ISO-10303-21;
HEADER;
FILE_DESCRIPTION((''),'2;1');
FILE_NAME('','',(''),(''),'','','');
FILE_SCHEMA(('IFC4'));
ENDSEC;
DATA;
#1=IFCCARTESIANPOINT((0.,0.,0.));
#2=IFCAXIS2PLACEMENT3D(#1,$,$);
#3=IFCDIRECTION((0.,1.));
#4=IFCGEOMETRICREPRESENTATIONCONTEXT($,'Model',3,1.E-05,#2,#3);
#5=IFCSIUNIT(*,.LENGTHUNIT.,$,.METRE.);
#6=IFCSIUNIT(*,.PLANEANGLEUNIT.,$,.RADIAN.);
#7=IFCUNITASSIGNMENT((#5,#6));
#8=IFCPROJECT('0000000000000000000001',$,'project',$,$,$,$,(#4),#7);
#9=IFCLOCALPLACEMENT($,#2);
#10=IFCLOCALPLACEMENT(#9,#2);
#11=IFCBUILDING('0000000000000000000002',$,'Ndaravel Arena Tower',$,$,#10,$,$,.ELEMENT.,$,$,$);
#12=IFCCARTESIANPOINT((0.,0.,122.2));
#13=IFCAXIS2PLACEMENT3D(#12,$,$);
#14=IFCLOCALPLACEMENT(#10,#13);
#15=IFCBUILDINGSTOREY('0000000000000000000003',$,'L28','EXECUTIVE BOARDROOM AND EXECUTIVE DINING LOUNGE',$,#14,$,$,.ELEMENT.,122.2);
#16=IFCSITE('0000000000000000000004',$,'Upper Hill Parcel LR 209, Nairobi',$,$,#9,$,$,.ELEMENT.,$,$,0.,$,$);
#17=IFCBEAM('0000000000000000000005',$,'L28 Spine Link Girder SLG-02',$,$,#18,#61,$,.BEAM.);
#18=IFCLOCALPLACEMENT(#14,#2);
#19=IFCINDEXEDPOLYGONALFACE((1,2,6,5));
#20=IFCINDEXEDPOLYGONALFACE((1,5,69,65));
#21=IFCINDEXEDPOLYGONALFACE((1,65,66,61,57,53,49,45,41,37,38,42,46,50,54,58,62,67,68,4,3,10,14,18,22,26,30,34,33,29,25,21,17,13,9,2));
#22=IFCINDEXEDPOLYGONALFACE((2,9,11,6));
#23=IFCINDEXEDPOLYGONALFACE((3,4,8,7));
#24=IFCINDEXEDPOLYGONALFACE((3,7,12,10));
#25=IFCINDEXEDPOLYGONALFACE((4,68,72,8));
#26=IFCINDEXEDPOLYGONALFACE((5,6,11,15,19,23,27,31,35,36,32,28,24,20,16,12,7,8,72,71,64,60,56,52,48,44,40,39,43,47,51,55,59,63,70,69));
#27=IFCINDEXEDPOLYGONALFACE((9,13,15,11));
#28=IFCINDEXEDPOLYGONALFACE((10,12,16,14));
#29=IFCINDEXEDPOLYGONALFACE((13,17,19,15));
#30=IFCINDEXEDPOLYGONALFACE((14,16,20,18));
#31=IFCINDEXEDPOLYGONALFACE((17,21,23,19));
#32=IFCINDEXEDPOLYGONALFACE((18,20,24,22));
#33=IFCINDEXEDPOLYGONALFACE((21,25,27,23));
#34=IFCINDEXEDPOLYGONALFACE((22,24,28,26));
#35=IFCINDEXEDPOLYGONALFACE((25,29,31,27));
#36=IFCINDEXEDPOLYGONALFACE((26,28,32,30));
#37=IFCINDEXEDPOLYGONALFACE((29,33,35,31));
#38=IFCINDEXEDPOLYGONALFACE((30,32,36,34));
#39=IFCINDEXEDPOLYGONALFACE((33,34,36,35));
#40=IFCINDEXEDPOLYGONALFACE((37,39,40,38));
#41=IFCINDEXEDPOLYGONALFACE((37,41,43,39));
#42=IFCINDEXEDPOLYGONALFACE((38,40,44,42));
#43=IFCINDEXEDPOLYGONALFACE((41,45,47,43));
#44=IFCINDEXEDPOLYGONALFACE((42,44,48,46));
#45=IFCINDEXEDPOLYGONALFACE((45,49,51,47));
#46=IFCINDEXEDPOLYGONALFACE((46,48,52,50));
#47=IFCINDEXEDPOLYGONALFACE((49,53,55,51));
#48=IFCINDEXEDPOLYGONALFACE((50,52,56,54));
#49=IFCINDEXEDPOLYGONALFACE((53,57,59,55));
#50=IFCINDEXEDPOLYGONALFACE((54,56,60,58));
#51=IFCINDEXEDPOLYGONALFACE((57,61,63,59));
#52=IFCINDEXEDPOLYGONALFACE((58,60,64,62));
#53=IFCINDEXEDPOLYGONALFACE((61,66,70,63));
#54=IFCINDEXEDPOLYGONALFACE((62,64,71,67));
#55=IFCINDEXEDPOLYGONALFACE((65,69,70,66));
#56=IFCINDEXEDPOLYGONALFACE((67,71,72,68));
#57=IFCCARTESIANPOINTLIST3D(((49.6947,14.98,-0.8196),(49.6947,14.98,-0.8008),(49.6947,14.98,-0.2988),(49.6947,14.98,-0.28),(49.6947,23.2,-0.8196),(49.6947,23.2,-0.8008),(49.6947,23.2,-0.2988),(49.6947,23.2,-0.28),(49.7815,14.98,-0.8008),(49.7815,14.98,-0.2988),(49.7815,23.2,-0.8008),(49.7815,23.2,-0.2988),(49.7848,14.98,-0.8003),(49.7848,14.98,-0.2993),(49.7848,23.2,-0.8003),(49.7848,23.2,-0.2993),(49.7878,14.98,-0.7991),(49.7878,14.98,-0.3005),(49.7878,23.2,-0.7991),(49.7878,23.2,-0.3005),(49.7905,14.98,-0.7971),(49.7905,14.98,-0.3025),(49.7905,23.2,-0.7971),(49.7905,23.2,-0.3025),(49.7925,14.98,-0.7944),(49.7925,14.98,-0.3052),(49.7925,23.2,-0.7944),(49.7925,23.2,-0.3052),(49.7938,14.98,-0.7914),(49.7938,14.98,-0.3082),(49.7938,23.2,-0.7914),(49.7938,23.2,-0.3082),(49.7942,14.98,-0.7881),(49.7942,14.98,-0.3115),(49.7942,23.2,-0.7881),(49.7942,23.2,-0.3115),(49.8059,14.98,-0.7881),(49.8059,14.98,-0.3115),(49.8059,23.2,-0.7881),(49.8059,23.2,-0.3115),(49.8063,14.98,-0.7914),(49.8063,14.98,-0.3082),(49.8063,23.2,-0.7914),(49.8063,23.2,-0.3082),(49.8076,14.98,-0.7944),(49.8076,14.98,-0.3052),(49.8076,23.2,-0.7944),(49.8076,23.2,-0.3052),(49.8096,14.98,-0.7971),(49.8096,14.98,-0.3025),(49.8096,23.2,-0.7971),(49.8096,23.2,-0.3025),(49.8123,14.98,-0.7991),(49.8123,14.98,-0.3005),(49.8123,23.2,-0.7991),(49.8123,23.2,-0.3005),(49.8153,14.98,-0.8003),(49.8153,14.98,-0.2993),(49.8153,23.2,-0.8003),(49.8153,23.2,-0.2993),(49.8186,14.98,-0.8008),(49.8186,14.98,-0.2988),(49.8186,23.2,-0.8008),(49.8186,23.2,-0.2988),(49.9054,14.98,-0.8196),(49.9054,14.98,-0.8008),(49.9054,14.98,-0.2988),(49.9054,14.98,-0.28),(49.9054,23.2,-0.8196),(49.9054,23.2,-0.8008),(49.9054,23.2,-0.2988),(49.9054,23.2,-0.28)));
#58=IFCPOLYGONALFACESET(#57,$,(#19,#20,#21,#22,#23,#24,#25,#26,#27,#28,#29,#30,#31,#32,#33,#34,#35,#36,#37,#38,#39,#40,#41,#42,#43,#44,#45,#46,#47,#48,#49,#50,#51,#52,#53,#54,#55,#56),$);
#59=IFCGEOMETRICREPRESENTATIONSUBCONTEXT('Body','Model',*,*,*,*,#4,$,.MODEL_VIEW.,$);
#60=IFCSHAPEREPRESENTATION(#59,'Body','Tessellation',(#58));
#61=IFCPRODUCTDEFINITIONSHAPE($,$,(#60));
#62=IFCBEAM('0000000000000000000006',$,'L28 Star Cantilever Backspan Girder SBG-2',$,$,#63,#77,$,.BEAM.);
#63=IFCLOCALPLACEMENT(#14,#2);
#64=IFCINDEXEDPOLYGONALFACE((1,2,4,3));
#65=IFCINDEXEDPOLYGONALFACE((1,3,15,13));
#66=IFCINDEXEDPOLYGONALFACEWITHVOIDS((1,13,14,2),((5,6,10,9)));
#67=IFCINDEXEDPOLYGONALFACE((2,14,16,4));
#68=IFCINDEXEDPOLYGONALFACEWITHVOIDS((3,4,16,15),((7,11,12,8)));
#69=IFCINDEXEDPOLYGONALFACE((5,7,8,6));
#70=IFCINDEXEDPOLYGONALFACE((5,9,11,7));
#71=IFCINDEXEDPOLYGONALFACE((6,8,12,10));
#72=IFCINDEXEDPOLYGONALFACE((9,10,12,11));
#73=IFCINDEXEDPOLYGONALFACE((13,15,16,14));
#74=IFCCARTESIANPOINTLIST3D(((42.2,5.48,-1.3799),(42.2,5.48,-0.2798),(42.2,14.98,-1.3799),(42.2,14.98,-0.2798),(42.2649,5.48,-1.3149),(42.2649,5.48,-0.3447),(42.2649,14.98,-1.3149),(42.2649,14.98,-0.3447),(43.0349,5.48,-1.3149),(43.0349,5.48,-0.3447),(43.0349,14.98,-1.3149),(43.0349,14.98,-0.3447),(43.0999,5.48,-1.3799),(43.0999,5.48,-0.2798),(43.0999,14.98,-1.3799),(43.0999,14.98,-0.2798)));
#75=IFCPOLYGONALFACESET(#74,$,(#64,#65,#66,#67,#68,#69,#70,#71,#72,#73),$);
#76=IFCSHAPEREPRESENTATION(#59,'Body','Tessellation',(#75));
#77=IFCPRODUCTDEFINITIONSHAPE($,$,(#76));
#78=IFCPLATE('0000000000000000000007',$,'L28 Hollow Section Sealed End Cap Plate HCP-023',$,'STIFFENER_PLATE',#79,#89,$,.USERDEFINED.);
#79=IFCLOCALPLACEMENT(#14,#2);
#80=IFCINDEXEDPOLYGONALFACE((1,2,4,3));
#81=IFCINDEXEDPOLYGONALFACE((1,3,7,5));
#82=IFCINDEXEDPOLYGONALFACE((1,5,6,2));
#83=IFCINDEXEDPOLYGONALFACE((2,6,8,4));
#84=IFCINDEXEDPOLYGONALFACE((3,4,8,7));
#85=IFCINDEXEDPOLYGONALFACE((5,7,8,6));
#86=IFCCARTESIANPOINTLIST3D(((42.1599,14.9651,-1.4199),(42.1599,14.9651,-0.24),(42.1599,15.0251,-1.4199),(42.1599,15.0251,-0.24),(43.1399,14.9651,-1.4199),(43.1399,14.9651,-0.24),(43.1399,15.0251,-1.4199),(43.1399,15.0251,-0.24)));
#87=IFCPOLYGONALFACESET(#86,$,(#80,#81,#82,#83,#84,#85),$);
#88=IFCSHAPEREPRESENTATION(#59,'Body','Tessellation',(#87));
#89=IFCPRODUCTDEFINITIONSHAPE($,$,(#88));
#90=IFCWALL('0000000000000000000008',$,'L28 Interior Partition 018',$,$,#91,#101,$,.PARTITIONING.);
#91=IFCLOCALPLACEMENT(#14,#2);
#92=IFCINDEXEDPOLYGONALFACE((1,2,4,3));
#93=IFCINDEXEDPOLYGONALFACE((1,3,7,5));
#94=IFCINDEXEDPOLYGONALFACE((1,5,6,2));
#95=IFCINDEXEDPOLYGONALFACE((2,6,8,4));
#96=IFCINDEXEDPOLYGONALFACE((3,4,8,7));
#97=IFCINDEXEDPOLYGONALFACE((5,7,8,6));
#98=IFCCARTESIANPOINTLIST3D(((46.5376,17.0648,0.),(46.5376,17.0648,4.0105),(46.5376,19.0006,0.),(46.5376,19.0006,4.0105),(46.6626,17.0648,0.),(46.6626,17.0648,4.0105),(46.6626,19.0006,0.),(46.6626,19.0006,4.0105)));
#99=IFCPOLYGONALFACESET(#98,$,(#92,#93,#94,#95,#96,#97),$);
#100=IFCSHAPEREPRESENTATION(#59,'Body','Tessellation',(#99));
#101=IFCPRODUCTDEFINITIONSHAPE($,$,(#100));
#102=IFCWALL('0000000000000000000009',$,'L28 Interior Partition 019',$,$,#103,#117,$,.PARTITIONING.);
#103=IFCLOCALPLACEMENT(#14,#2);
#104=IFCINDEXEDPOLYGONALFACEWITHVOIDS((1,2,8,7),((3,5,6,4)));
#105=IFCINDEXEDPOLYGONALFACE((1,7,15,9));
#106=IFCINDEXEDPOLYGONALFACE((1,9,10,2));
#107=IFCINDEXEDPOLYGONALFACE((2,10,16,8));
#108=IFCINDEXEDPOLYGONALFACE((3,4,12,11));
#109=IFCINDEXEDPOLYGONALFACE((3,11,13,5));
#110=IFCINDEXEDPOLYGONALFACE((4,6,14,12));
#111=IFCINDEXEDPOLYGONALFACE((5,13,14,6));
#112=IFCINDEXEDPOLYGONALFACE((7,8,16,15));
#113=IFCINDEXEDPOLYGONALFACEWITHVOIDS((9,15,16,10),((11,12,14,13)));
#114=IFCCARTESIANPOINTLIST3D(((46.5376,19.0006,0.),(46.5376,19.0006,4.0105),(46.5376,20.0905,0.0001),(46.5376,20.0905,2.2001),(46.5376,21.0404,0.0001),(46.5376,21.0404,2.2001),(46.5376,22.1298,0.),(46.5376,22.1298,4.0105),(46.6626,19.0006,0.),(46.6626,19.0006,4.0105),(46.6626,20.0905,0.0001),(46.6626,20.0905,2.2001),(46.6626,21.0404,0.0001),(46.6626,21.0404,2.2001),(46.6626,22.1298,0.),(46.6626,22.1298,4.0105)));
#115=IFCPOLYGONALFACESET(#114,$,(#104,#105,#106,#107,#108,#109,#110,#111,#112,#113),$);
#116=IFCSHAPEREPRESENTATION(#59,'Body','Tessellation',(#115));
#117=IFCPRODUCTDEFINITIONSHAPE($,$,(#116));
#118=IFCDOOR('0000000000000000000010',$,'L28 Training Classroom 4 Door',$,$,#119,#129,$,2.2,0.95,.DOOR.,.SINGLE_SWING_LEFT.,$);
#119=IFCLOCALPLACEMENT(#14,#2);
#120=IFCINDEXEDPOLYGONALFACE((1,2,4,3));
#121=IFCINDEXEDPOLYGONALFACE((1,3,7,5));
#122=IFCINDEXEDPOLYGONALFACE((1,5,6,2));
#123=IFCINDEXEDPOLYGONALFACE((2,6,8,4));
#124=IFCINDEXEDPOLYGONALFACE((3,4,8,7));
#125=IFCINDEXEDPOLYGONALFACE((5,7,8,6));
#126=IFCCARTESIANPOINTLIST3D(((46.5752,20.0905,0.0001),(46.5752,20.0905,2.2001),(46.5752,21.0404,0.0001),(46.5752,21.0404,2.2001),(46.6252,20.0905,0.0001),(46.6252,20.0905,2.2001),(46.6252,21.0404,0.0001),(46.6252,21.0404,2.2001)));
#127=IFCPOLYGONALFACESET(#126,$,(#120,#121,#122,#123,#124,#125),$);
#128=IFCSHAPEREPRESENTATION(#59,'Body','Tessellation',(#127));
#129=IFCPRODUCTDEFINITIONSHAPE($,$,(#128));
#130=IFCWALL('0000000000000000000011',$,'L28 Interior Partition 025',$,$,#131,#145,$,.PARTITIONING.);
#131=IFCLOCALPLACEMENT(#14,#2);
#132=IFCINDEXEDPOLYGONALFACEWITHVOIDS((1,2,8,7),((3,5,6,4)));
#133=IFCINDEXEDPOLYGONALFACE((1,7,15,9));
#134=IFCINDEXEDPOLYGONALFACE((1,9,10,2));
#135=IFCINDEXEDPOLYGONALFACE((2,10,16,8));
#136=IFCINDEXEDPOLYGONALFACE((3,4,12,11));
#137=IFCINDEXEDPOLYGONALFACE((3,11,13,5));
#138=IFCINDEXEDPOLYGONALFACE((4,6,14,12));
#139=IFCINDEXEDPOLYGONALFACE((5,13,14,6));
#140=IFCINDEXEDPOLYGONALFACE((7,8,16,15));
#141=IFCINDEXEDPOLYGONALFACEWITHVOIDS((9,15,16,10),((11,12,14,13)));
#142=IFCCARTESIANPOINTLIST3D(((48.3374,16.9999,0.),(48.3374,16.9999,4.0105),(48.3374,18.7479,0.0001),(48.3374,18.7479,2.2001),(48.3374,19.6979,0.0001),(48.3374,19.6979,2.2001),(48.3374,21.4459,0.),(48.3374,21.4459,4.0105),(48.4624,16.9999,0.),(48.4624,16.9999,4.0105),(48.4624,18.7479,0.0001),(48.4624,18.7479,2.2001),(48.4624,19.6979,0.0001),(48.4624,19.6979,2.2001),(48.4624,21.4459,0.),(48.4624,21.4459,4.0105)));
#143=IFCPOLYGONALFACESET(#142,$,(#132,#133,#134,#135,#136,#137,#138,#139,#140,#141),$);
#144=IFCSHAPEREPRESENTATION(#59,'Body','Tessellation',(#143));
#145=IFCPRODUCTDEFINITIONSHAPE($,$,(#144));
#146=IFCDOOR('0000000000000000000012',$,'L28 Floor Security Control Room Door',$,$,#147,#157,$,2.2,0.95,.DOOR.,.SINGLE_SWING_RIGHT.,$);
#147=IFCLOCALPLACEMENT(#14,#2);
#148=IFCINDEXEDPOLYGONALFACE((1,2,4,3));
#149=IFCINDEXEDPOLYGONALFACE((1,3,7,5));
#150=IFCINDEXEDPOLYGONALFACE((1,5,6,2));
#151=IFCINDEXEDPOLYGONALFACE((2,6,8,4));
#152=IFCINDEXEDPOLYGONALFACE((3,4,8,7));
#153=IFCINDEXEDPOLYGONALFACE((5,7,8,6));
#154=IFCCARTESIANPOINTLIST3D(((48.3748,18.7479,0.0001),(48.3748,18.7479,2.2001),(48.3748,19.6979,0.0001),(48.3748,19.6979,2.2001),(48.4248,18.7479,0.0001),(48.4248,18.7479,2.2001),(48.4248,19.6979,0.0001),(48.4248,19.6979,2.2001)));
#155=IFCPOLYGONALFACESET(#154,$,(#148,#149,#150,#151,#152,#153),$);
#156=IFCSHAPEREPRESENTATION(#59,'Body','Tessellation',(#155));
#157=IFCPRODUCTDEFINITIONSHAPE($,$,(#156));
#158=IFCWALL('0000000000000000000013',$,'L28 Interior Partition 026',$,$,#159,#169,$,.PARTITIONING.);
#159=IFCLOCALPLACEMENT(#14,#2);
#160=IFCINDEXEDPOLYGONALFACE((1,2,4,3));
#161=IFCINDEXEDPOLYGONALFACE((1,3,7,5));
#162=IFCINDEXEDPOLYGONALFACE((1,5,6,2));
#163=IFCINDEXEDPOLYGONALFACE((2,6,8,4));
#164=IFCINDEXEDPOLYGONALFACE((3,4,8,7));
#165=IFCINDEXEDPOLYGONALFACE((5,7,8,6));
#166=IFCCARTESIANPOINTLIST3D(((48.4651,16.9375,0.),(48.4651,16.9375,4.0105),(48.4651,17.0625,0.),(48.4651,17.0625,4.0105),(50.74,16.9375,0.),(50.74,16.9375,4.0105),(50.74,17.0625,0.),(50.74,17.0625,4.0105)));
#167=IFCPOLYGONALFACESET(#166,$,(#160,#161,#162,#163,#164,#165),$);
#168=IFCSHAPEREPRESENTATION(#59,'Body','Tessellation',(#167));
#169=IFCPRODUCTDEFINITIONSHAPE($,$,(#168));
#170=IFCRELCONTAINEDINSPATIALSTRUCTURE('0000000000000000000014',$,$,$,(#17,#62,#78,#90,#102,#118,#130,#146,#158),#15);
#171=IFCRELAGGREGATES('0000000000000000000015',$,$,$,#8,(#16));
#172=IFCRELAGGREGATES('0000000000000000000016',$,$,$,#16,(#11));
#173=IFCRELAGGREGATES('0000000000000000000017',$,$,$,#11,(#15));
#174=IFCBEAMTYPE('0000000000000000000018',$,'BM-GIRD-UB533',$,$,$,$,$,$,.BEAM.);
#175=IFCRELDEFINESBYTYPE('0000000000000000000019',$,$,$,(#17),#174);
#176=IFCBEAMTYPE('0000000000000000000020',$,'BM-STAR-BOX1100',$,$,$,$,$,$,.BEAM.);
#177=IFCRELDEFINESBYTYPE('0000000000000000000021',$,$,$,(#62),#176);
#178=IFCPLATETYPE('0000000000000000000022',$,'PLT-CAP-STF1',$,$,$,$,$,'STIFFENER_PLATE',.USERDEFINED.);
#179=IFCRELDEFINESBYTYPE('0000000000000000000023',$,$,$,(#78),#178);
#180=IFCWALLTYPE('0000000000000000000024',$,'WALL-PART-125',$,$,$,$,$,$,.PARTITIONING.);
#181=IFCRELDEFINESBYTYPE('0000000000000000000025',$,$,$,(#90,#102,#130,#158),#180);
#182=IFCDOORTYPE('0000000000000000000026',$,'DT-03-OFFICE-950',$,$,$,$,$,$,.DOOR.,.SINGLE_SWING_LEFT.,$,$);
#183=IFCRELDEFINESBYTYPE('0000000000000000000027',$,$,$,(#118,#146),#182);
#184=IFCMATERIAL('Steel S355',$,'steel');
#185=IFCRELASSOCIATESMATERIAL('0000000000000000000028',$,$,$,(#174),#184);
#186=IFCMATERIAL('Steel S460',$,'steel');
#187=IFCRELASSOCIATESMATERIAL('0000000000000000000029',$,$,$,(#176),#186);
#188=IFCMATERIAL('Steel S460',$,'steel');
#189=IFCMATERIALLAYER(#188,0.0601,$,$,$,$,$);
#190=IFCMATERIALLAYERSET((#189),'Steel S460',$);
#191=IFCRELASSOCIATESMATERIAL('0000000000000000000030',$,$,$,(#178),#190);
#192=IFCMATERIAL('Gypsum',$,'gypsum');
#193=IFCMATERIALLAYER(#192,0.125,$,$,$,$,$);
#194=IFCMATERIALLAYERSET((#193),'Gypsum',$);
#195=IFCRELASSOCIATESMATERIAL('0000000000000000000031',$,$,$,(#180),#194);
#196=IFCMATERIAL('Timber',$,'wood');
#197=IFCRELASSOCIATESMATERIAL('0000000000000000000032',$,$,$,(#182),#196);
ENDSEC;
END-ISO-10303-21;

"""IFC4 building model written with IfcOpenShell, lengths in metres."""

from ifc_helpers import new_model, si_unit, direction, frame, frame_2d, origin, origin_2d, place, context, subcontext, project, spatial, rectangle, hollow_rectangle, i_section, extrude, material, layer, layer_set, material_profile, profile_set, type_object, element, fill, save


model = new_model("IFC4")

# Units and contexts
model_context = context("Model", 3, precision=1e-05, world=origin(), true_north=direction((0.0, 1.0)))
body_context = subcontext(model_context, "Body", "Model", "MODEL_VIEW")
ifc_project = project(units=[si_unit("LENGTHUNIT", "METRE"), si_unit("PLANEANGLEUNIT", "RADIAN")], contexts=[model_context])

# Site, building, storey
site_placement = place(None, origin())
site = spatial("IfcSite", under=ifc_project, at=site_placement, Name="Upper Hill Parcel LR 209, Nairobi", CompositionType="ELEMENT", RefElevation=0.0)
building_placement = place(site_placement, origin())
building = spatial("IfcBuilding", under=site, at=building_placement, Name="Ndaravel Arena Tower", CompositionType="ELEMENT")
storey_placement = place(building_placement, frame((0.0, 0.0, 122.2)))
storey = spatial("IfcBuildingStorey", under=building, at=storey_placement, Name="L28", Description="EXECUTIVE BOARDROOM AND EXECUTIVE DINING LOUNGE", CompositionType="ELEMENT", Elevation=122.2)

# Beams
ifc_material_1 = material(Name="Steel S355", Category="steel")
ifc_material_profile_1 = material_profile(ifc_material_1, i_section(OverallWidth=0.2107, OverallDepth=0.5396, WebThickness=0.0117, FlangeThickness=0.0188, FilletRadius=0.0127, at=origin_2d()), Name="UB 533x210x109")
ifc_profile_set_1 = profile_set([ifc_material_profile_1], Name="Steel S355")
beam_type_1 = type_object("IfcBeamType", Name="BM-GIRD-UB533", PredefinedType="BEAM", material=ifc_profile_set_1)
beam_1_placement = place(storey_placement, frame((49.8, 14.98, -0.5498), z_axis=(0.0, 1.0, 0.0), x_axis=(-1.0, 0.0, 0.0)))
element("IfcBeam", 1, at=beam_1_placement, inside=storey, type_object=beam_type_1, Name="L28 Spine Link Girder SLG-02", PredefinedType="BEAM", context=body_context, shape_type="SweptSolid", body=[
    extrude(i_section(OverallWidth=0.2107, OverallDepth=0.5396, WebThickness=0.0117, FlangeThickness=0.0188, FilletRadius=0.0127, at=origin_2d()), origin(), (0.0, 0.0, 1.0), 8.22),
])
ifc_material_2 = material(Name="Steel S460", Category="steel")
ifc_material_profile_2 = material_profile(ifc_material_2, hollow_rectangle(XDim=0.8999, YDim=1.1001, WallThickness=0.0649, at=origin_2d()), Name="BOX 1100x900x65")
ifc_profile_set_2 = profile_set([ifc_material_profile_2], Name="Steel S460")
beam_type_2 = type_object("IfcBeamType", Name="BM-STAR-BOX1100", PredefinedType="BEAM", material=ifc_profile_set_2)
beam_2_placement = place(storey_placement, frame((42.6499, 14.98, -0.8298), z_axis=(0.0, -1.0, 0.0), x_axis=(1.0, 0.0, 0.0)))
element("IfcBeam", 2, at=beam_2_placement, inside=storey, type_object=beam_type_2, Name="L28 Star Cantilever Backspan Girder SBG-2", PredefinedType="BEAM", context=body_context, shape_type="SweptSolid", body=[
    extrude(hollow_rectangle(XDim=0.8999, YDim=1.1001, WallThickness=0.0649, at=origin_2d()), origin(), (0.0, 0.0, 1.0), 9.5),
])

# Plate
ifc_material_3 = material(Name="Steel S460", Category="steel")
ifc_layer_1 = layer(ifc_material_3, 0.0601)
ifc_layer_set_1 = layer_set([ifc_layer_1], Name="Steel S460")
plate_type = type_object("IfcPlateType", Name="PLT-CAP-STF1", ElementType="STIFFENER_PLATE", PredefinedType="USERDEFINED", material=ifc_layer_set_1)
plate_placement = place(storey_placement, frame((42.6499, 14.9951, -1.4199), z_axis=(0.0, 0.0, 1.0), x_axis=(0.0, -1.0, 0.0)))
element("IfcPlate", 3, at=plate_placement, inside=storey, type_object=plate_type, Name="L28 Hollow Section Sealed End Cap Plate HCP-023", ObjectType="STIFFENER_PLATE", PredefinedType="USERDEFINED", context=body_context, shape_type="SweptSolid", body=[
    extrude(rectangle(XDim=0.0601, YDim=0.98, at=origin_2d()), origin(), (0.0, 0.0, 1.0), 1.1799),
])

# Wall
ifc_material_4 = material(Name="Gypsum", Category="gypsum")
ifc_layer_2 = layer(ifc_material_4, 0.125)
ifc_layer_set_2 = layer_set([ifc_layer_2], Name="Gypsum")
wall_type_1 = type_object("IfcWallType", Name="WALL-PART-125", PredefinedType="PARTITIONING", material=ifc_layer_set_2)
wall_1_placement = place(storey_placement, frame((46.6001, 17.0649, 0.0), z_axis=(0.0, 0.0, 1.0), x_axis=(0.0, 1.0, 0.0)))
element("IfcWall", 4, at=wall_1_placement, inside=storey, type_object=wall_type_1, Name="L28 Interior Partition 018", PredefinedType="PARTITIONING", context=body_context, shape_type="SweptSolid", body=[
    extrude(rectangle(XDim=1.9358, YDim=0.125, at=frame_2d((0.9678, 0.0))), origin(), (0.0, 0.0, 1.0), 4.0105),
])

# Walls, openings, doors
wall_2_placement = place(storey_placement, frame((46.6001, 19.0007, 0.0), z_axis=(0.0, 0.0, 1.0), x_axis=(0.0, 1.0, 0.0)))
wall_2 = element("IfcWall", 5, at=wall_2_placement, inside=storey, type_object=wall_type_1, Name="L28 Interior Partition 019", PredefinedType="PARTITIONING", context=body_context, shape_type="SweptSolid", body=[
    extrude(rectangle(XDim=3.1292, YDim=0.125, at=frame_2d((1.5645, 0.0))), origin(), (0.0, 0.0, 1.0), 4.0105),
])
opening_1_placement = place(wall_2_placement, frame((1.0896, 0.0, 0.0)))
opening_1 = element("IfcOpeningElement", 6, at=opening_1_placement, cuts=wall_2, PredefinedType="OPENING", context=body_context, shape_type="SweptSolid", body=[
    extrude(rectangle(XDim=0.95, YDim=2.2, at=frame_2d((0.4751, 1.1001))), frame((0.0, 0.0625, 0.0), z_axis=(0.0, -1.0, 0.0), x_axis=(1.0, 0.0, 0.0)), (0.0, 0.0, 1.0), 0.125),
])
ifc_material_5 = material(Name="Timber", Category="wood")
door_type_1 = type_object("IfcDoorType", Name="DT-03-OFFICE-950", OperationType="SINGLE_SWING_LEFT", PredefinedType="DOOR", material=ifc_material_5)
door_1_placement = place(opening_1_placement, origin())
door_1 = element("IfcDoor", 7, at=door_1_placement, inside=storey, type_object=door_type_1, Name="L28 Training Classroom 4 Door", OperationType="SINGLE_SWING_LEFT", OverallHeight=2.2, OverallWidth=0.95, PredefinedType="DOOR", context=body_context, shape_type="SweptSolid", body=[
    extrude(rectangle(XDim=0.95, YDim=2.2, at=frame_2d((0.4751, 1.1001))), frame((0.0, 0.0249, 0.0), z_axis=(0.0, -1.0, 0.0), x_axis=(1.0, 0.0, 0.0)), (0.0, 0.0, 1.0), 0.05),
])
fill(opening_1, door_1)
wall_3_placement = place(storey_placement, frame((48.3999, 21.446, 0.0), z_axis=(0.0, 0.0, 1.0), x_axis=(0.0, -1.0, 0.0)))
wall_3 = element("IfcWall", 8, at=wall_3_placement, inside=storey, type_object=wall_type_1, Name="L28 Interior Partition 025", PredefinedType="PARTITIONING", context=body_context, shape_type="SweptSolid", body=[
    extrude(rectangle(XDim=4.446, YDim=0.125, at=frame_2d((2.2231, 0.0))), origin(), (0.0, 0.0, 1.0), 4.0105),
])
opening_2_placement = place(wall_3_placement, frame((1.748, 0.0, 0.0)))
opening_2 = element("IfcOpeningElement", 9, at=opening_2_placement, cuts=wall_3, PredefinedType="OPENING", context=body_context, shape_type="SweptSolid", body=[
    extrude(rectangle(XDim=0.95, YDim=2.2, at=frame_2d((0.4751, 1.1001))), frame((0.0, 0.0625, 0.0), z_axis=(0.0, -1.0, 0.0), x_axis=(1.0, 0.0, 0.0)), (0.0, 0.0, 1.0), 0.125),
])
door_2_placement = place(opening_2_placement, origin())
door_2 = element("IfcDoor", 10, at=door_2_placement, inside=storey, type_object=door_type_1, Name="L28 Floor Security Control Room Door", OperationType="SINGLE_SWING_RIGHT", OverallHeight=2.2, OverallWidth=0.95, PredefinedType="DOOR", context=body_context, shape_type="SweptSolid", body=[
    extrude(rectangle(XDim=0.95, YDim=2.2, at=frame_2d((0.4751, 1.1001))), frame((0.0, 0.0249, 0.0), z_axis=(0.0, -1.0, 0.0), x_axis=(1.0, 0.0, 0.0)), (0.0, 0.0, 1.0), 0.05),
])
fill(opening_2, door_2)

# Wall
wall_4_placement = place(storey_placement, frame((48.4651, 17.0, 0.0), z_axis=(0.0, 0.0, 1.0), x_axis=(1.0, 0.0, 0.0)))
element("IfcWall", 11, at=wall_4_placement, inside=storey, type_object=wall_type_1, Name="L28 Interior Partition 026", PredefinedType="PARTITIONING", context=body_context, shape_type="SweptSolid", body=[
    extrude(rectangle(XDim=2.2749, YDim=0.125, at=frame_2d((1.1375, 0.0))), origin(), (0.0, 0.0, 1.0), 4.0105),
])

save(model, "model.ifc")
